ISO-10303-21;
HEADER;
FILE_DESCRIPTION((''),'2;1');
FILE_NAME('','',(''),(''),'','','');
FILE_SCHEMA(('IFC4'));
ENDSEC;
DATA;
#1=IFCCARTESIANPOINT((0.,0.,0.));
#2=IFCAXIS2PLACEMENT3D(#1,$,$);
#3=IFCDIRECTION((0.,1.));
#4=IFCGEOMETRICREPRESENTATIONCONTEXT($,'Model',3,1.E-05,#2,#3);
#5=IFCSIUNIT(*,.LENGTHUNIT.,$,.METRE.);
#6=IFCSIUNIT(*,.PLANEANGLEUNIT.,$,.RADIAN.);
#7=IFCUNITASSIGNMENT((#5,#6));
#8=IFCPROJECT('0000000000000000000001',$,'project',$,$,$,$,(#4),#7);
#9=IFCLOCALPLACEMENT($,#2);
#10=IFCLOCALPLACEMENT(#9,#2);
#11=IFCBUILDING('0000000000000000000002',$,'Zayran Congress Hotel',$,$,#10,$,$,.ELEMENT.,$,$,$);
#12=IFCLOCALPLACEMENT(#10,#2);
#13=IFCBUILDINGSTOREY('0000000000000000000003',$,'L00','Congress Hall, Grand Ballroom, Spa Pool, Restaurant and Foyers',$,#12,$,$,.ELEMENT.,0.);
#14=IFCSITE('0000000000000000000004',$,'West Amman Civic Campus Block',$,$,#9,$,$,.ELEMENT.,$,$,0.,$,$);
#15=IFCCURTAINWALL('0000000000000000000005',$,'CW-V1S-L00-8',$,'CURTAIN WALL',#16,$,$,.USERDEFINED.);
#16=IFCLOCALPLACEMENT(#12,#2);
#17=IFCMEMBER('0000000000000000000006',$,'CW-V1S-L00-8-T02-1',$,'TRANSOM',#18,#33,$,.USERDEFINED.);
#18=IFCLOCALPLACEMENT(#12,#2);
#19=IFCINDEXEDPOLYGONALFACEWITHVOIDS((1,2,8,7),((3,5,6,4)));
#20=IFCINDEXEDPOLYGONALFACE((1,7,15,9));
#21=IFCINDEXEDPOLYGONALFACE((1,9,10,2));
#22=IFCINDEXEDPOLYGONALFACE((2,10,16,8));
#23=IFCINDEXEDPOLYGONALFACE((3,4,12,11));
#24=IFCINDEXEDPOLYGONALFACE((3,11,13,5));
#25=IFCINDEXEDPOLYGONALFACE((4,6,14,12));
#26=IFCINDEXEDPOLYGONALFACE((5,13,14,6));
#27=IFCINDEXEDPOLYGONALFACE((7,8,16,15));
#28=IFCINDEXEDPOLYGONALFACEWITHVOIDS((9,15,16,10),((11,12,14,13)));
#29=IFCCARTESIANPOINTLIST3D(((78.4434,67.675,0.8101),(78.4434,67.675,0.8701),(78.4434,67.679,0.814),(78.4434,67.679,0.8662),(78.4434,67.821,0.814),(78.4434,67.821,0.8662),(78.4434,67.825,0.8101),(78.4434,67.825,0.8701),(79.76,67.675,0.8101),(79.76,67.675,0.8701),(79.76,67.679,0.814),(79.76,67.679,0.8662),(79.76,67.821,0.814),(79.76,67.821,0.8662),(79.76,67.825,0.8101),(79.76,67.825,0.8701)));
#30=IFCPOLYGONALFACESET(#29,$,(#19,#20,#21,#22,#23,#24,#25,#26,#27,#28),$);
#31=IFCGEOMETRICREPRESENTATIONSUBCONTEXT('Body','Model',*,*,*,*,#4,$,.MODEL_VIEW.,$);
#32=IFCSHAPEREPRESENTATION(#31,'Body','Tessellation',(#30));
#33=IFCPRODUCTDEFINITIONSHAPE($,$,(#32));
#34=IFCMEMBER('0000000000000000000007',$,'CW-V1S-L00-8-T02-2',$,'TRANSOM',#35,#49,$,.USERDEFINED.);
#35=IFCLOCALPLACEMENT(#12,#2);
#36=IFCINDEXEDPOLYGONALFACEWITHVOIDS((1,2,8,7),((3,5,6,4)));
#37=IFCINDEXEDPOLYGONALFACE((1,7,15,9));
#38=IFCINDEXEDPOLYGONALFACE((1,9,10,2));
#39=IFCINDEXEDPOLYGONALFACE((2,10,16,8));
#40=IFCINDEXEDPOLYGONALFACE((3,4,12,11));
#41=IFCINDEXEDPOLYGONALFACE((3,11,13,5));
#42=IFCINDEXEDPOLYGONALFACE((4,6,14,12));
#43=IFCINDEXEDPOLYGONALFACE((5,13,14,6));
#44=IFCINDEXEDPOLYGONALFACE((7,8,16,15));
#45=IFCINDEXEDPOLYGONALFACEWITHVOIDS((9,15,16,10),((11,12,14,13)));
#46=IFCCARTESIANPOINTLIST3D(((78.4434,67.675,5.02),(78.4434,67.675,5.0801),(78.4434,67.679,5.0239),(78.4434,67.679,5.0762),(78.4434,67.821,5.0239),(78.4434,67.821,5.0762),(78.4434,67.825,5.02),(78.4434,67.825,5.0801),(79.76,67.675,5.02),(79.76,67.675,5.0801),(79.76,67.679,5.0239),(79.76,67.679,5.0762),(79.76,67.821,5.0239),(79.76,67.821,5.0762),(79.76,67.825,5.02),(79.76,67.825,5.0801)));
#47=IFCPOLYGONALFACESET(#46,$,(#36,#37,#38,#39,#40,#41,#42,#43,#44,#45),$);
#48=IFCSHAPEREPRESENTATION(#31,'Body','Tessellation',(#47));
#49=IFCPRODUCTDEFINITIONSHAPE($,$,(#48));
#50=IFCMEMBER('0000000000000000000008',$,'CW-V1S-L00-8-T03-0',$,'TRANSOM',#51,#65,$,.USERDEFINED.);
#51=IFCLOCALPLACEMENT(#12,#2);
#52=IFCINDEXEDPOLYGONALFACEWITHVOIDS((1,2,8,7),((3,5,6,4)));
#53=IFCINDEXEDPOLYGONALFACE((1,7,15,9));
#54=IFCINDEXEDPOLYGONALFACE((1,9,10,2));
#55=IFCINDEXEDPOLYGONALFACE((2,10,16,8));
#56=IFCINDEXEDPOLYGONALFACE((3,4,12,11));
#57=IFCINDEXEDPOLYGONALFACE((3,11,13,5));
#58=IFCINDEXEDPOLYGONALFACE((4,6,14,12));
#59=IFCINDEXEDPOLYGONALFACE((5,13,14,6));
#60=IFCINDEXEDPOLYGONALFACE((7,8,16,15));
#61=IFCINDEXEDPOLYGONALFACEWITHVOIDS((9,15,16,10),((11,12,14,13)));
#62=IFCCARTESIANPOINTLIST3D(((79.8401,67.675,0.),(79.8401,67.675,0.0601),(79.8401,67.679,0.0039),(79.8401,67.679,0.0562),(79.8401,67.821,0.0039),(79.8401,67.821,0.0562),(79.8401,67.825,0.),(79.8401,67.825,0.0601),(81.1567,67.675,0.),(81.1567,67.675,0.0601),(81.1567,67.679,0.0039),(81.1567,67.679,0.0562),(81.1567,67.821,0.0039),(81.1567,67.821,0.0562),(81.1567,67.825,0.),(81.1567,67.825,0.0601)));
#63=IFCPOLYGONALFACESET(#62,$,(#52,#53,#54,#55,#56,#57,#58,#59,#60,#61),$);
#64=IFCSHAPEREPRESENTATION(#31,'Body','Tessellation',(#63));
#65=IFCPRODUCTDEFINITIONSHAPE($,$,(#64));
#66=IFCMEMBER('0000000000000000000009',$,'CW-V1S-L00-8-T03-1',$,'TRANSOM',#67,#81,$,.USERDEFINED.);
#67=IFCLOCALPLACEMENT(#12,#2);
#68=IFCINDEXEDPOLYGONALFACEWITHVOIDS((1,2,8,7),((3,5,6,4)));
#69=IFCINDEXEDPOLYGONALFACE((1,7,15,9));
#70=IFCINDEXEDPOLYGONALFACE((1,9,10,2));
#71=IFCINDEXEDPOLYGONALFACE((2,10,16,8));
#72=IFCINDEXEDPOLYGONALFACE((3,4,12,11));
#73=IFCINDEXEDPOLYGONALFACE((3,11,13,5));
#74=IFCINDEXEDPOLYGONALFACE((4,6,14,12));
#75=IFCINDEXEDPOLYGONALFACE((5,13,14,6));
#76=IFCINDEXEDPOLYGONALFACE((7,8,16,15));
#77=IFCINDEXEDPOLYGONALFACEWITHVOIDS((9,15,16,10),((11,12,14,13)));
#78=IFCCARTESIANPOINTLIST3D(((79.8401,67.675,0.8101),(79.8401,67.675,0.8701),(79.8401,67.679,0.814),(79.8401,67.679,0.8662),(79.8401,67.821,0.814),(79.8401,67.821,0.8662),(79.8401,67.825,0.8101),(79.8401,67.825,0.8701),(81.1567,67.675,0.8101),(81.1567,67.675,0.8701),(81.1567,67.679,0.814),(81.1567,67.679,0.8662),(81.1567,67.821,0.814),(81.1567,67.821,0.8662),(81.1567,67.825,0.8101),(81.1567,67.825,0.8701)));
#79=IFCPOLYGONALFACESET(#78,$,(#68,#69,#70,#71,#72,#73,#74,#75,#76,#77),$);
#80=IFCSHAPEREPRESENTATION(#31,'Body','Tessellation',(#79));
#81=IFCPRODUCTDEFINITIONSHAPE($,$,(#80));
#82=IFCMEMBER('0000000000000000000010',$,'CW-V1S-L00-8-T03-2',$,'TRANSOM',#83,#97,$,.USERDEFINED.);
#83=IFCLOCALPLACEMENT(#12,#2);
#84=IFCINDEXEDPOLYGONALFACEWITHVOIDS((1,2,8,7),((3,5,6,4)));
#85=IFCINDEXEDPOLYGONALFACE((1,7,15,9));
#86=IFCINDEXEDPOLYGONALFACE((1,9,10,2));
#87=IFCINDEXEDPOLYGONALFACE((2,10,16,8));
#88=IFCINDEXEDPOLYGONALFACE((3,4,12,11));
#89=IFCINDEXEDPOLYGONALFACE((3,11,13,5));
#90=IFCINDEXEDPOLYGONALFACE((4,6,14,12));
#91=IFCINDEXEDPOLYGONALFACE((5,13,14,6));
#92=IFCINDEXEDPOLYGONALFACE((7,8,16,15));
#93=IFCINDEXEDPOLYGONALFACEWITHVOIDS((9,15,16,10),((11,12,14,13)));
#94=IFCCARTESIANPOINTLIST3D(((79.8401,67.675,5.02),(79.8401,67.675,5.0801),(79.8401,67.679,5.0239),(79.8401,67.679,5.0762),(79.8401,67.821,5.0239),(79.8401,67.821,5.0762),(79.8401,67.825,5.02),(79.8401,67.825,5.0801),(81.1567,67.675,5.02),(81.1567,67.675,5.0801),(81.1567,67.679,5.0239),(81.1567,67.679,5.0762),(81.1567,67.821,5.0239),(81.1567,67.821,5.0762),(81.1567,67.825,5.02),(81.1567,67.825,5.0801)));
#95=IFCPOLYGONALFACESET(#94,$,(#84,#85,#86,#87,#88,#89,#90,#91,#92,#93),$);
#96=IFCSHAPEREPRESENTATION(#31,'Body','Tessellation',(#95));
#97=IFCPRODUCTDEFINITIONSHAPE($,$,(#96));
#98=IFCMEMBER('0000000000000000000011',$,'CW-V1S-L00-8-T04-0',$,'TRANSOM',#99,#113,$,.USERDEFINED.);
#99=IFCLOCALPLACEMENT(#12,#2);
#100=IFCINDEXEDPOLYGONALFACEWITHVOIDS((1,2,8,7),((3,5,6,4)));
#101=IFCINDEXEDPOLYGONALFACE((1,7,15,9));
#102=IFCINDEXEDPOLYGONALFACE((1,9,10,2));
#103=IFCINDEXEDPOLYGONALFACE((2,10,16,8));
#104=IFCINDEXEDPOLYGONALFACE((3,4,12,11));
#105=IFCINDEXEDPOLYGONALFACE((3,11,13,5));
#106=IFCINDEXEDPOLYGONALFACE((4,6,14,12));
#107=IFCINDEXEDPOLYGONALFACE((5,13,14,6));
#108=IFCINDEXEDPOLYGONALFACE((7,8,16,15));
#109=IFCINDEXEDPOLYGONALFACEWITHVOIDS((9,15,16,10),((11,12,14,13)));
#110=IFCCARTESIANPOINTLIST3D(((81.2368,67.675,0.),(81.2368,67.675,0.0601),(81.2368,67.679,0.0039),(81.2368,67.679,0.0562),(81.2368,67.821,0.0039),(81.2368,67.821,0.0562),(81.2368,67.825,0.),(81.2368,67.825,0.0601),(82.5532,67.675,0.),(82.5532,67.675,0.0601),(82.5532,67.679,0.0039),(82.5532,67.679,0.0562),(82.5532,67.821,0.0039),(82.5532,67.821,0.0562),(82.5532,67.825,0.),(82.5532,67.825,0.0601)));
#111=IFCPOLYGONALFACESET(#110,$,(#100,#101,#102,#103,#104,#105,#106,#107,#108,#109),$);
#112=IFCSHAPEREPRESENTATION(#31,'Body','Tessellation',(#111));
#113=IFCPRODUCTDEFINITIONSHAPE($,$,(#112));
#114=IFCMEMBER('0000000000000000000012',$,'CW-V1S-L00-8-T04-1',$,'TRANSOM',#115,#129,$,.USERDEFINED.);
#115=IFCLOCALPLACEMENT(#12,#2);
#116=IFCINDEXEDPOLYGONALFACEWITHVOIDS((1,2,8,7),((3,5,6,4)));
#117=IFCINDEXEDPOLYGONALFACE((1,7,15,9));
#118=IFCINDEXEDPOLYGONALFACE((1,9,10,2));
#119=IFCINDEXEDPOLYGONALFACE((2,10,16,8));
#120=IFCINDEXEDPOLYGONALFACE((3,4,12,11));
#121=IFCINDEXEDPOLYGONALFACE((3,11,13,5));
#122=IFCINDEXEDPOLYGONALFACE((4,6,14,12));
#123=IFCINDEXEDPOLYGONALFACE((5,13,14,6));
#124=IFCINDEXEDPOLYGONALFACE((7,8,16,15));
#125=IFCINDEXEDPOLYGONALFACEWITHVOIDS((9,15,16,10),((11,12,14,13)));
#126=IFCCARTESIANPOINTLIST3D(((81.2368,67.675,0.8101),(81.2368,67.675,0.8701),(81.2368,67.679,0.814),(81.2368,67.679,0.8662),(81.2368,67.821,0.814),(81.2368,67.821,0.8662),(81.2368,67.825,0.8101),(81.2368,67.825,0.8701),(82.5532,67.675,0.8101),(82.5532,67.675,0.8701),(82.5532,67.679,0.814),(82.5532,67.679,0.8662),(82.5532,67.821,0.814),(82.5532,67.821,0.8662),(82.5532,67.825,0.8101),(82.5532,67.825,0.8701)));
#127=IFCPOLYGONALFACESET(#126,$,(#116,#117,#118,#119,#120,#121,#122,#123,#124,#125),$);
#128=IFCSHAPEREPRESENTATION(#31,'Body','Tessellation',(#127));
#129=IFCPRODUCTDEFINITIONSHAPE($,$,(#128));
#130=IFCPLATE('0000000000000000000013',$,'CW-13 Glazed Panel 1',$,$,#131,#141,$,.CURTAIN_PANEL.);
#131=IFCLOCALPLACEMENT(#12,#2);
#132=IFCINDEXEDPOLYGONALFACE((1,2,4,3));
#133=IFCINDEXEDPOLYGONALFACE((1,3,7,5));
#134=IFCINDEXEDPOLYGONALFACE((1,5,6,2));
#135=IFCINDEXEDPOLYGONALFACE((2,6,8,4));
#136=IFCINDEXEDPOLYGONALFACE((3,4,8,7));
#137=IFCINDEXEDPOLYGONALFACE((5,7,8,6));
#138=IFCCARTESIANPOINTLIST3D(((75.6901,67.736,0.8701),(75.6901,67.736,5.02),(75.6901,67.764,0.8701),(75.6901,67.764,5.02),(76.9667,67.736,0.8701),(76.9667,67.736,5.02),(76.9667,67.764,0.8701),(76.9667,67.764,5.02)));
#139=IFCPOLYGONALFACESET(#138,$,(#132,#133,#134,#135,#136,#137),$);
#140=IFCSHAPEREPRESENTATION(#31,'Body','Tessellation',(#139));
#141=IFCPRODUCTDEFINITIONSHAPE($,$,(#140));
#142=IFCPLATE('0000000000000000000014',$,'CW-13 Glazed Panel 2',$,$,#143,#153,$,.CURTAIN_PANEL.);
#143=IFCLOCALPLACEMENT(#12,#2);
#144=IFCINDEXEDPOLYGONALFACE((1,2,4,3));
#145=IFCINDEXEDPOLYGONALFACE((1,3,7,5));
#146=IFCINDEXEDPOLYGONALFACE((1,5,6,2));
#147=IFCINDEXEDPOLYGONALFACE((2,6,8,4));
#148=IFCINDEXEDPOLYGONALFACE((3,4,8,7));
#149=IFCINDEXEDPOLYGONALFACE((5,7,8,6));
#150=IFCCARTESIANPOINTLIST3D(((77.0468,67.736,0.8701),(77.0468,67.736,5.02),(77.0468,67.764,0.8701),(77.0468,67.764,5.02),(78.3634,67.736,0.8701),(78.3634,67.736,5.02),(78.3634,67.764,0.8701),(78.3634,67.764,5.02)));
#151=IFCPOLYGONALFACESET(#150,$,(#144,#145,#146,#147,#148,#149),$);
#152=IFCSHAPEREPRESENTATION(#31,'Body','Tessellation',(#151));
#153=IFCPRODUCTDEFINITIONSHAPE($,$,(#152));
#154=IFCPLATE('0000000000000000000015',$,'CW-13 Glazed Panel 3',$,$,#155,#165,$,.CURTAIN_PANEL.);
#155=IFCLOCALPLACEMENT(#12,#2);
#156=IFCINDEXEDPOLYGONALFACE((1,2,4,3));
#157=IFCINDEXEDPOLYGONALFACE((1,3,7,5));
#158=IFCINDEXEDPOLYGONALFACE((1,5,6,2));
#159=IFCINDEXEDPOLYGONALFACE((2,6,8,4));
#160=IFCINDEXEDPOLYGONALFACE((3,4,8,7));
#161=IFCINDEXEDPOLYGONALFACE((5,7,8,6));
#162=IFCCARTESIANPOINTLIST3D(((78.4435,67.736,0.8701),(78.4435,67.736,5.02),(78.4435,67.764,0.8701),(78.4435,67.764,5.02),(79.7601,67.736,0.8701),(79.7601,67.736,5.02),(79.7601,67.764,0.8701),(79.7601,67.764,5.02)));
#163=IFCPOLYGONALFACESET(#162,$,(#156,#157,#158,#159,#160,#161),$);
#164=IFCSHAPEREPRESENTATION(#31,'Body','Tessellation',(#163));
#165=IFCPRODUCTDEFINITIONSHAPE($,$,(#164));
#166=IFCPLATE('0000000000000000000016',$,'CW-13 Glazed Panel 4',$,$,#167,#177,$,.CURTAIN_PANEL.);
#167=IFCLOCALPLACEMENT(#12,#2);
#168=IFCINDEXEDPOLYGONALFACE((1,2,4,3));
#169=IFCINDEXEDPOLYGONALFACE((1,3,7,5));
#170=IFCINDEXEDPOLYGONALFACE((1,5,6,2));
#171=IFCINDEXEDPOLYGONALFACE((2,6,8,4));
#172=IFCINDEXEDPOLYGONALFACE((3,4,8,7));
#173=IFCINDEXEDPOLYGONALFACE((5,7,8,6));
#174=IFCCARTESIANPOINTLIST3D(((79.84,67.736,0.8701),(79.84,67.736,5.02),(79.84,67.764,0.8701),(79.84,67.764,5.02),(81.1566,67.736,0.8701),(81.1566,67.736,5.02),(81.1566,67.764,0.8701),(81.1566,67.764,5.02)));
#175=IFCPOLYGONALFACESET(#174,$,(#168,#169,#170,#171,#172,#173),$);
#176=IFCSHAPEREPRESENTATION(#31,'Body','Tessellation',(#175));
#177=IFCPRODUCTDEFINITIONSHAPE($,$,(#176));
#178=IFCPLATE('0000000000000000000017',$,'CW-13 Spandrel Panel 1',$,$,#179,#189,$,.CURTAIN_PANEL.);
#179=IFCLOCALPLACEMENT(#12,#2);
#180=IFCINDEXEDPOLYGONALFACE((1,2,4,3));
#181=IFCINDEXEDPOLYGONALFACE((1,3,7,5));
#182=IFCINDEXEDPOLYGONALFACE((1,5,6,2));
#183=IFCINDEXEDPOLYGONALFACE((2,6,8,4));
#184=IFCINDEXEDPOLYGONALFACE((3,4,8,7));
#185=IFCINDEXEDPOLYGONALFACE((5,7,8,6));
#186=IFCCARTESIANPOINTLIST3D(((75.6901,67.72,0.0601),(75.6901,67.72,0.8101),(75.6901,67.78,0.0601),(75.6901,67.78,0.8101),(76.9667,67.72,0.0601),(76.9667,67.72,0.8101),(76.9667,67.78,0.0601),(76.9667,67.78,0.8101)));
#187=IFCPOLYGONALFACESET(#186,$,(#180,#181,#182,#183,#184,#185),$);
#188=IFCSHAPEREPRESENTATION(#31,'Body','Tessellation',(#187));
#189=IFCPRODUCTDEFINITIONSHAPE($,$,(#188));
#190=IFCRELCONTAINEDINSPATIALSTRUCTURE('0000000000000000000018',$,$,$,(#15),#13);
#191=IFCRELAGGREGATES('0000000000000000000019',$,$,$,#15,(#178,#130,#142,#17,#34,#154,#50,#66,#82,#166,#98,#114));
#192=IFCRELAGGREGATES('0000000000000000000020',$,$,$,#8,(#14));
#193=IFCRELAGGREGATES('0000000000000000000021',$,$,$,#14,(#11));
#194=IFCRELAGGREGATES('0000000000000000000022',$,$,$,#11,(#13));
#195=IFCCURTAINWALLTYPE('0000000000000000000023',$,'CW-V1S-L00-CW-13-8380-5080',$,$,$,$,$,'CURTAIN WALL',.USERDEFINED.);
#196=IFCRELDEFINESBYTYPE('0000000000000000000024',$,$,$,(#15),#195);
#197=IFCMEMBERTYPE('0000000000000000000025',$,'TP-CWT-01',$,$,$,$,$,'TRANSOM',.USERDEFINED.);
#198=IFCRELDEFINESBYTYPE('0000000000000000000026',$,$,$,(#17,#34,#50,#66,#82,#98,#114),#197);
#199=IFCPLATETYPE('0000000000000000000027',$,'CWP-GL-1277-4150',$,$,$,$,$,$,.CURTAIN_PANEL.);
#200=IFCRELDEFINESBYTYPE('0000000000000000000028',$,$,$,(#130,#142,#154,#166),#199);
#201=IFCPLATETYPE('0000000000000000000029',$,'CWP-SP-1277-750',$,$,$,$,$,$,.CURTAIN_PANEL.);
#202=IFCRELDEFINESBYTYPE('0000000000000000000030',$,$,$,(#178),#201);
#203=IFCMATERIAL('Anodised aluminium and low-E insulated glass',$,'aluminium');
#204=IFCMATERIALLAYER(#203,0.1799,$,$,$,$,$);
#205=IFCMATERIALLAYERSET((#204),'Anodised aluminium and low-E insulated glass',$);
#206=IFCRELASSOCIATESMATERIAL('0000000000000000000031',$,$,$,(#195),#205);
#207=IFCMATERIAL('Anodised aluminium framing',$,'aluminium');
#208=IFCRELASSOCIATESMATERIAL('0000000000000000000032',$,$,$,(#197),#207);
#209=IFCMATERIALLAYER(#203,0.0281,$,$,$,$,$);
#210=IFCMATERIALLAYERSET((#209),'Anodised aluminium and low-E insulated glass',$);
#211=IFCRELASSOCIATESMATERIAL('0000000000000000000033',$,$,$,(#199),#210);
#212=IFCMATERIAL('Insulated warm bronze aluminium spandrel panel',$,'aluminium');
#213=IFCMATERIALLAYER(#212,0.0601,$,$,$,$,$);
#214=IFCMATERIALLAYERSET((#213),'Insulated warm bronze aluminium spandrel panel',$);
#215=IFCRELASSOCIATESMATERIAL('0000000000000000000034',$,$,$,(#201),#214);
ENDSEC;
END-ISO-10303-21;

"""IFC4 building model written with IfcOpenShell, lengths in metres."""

from ifc_helpers import new_model, si_unit, direction, frame, origin, origin_2d, place, context, subcontext, project, spatial, rectangle, hollow_rectangle, extrude, material, layer, layer_set, material_profile, profile_set, type_object, element, aggregate, save


model = new_model("IFC4")

# Units and contexts
model_context = context("Model", 3, precision=1e-05, world=origin(), true_north=direction((0.0, 1.0)))
body_context = subcontext(model_context, "Body", "Model", "MODEL_VIEW")
ifc_project = project(units=[si_unit("LENGTHUNIT", "METRE"), si_unit("PLANEANGLEUNIT", "RADIAN")], contexts=[model_context])

# Site, building, storey
site_placement = place(None, origin())
site = spatial("IfcSite", under=ifc_project, at=site_placement, Name="West Amman Civic Campus Block", CompositionType="ELEMENT", RefElevation=0.0)
building_placement = place(site_placement, origin())
building = spatial("IfcBuilding", under=site, at=building_placement, Name="Zayran Congress Hotel", CompositionType="ELEMENT")
storey_placement = place(building_placement, origin())
storey = spatial("IfcBuildingStorey", under=building, at=storey_placement, Name="L00", Description="Congress Hall, Grand Ballroom, Spa Pool, Restaurant and Foyers", CompositionType="ELEMENT", Elevation=0.0)

# Curtain wall
ifc_material_1 = material(Name="Anodised aluminium and low-E insulated glass", Category="aluminium")
ifc_layer_1 = layer(ifc_material_1, 0.1799)
ifc_layer_set_1 = layer_set([ifc_layer_1], Name="Anodised aluminium and low-E insulated glass")
curtain_wall_type_1 = type_object("IfcCurtainWallType", Name="CW-V1S-L00-CW-13-8380-5080", ElementType="CURTAIN WALL", PredefinedType="USERDEFINED", material=ifc_layer_set_1)
curtain_wall_1_placement = place(storey_placement, origin())
curtain_wall_1 = element("IfcCurtainWall", 1, at=curtain_wall_1_placement, inside=storey, type_object=curtain_wall_type_1, Name="CW-V1S-L00-8", ObjectType="CURTAIN WALL", PredefinedType="USERDEFINED")
ifc_material_2 = material(Name="Anodised aluminium framing", Category="aluminium")

# Members
ifc_material_profile_1 = material_profile(ifc_material_2, hollow_rectangle(XDim=0.0601, YDim=0.1499, WallThickness=0.0039, at=origin_2d()), Name="RHS 150x60x4")
ifc_profile_set_1 = profile_set([ifc_material_profile_1], Name="Anodised aluminium framing")
member_type_1 = type_object("IfcMemberType", Name="TP-CWT-01", ElementType="TRANSOM", PredefinedType="USERDEFINED", material=ifc_profile_set_1)
member_1_placement = place(storey_placement, frame((78.4434, 67.75, 0.8401), z_axis=(1.0, 0.0, 0.0), x_axis=(0.0, 0.0, 1.0)))
member_1 = element("IfcMember", 2, at=member_1_placement, type_object=member_type_1, Name="CW-V1S-L00-8-T02-1", ObjectType="TRANSOM", PredefinedType="USERDEFINED", context=body_context, shape_type="SweptSolid", body=[
    extrude(hollow_rectangle(XDim=0.0601, YDim=0.1499, WallThickness=0.0039, at=origin_2d()), origin(), (0.0, 0.0, 1.0), 1.3167),
])
member_2_placement = place(storey_placement, frame((78.4434, 67.75, 5.05), z_axis=(1.0, 0.0, 0.0), x_axis=(0.0, 0.0, 1.0)))
member_2 = element("IfcMember", 3, at=member_2_placement, type_object=member_type_1, Name="CW-V1S-L00-8-T02-2", ObjectType="TRANSOM", PredefinedType="USERDEFINED", context=body_context, shape_type="SweptSolid", body=[
    extrude(hollow_rectangle(XDim=0.0601, YDim=0.1499, WallThickness=0.0039, at=origin_2d()), origin(), (0.0, 0.0, 1.0), 1.3167),
])
member_3_placement = place(storey_placement, frame((79.8401, 67.75, 0.03), z_axis=(1.0, 0.0, 0.0), x_axis=(0.0, 0.0, 1.0)))
member_3 = element("IfcMember", 4, at=member_3_placement, type_object=member_type_1, Name="CW-V1S-L00-8-T03-0", ObjectType="TRANSOM", PredefinedType="USERDEFINED", context=body_context, shape_type="SweptSolid", body=[
    extrude(hollow_rectangle(XDim=0.0601, YDim=0.1499, WallThickness=0.0039, at=origin_2d()), origin(), (0.0, 0.0, 1.0), 1.3167),
])
member_4_placement = place(storey_placement, frame((79.8401, 67.75, 0.8401), z_axis=(1.0, 0.0, 0.0), x_axis=(0.0, 0.0, 1.0)))
member_4 = element("IfcMember", 5, at=member_4_placement, type_object=member_type_1, Name="CW-V1S-L00-8-T03-1", ObjectType="TRANSOM", PredefinedType="USERDEFINED", context=body_context, shape_type="SweptSolid", body=[
    extrude(hollow_rectangle(XDim=0.0601, YDim=0.1499, WallThickness=0.0039, at=origin_2d()), origin(), (0.0, 0.0, 1.0), 1.3167),
])
member_5_placement = place(storey_placement, frame((79.8401, 67.75, 5.05), z_axis=(1.0, 0.0, 0.0), x_axis=(0.0, 0.0, 1.0)))
member_5 = element("IfcMember", 6, at=member_5_placement, type_object=member_type_1, Name="CW-V1S-L00-8-T03-2", ObjectType="TRANSOM", PredefinedType="USERDEFINED", context=body_context, shape_type="SweptSolid", body=[
    extrude(hollow_rectangle(XDim=0.0601, YDim=0.1499, WallThickness=0.0039, at=origin_2d()), origin(), (0.0, 0.0, 1.0), 1.3167),
])
member_6_placement = place(storey_placement, frame((81.2368, 67.75, 0.03), z_axis=(1.0, 0.0, 0.0), x_axis=(0.0, 0.0, 1.0)))
member_6 = element("IfcMember", 7, at=member_6_placement, type_object=member_type_1, Name="CW-V1S-L00-8-T04-0", ObjectType="TRANSOM", PredefinedType="USERDEFINED", context=body_context, shape_type="SweptSolid", body=[
    extrude(hollow_rectangle(XDim=0.0601, YDim=0.1499, WallThickness=0.0039, at=origin_2d()), origin(), (0.0, 0.0, 1.0), 1.3164),
])
member_7_placement = place(storey_placement, frame((81.2368, 67.75, 0.8401), z_axis=(1.0, 0.0, 0.0), x_axis=(0.0, 0.0, 1.0)))
member_7 = element("IfcMember", 8, at=member_7_placement, type_object=member_type_1, Name="CW-V1S-L00-8-T04-1", ObjectType="TRANSOM", PredefinedType="USERDEFINED", context=body_context, shape_type="SweptSolid", body=[
    extrude(hollow_rectangle(XDim=0.0601, YDim=0.1499, WallThickness=0.0039, at=origin_2d()), origin(), (0.0, 0.0, 1.0), 1.3164),
])

# Plates
ifc_layer_2 = layer(ifc_material_1, 0.0281)
ifc_layer_set_2 = layer_set([ifc_layer_2], Name="Anodised aluminium and low-E insulated glass")
plate_type_1 = type_object("IfcPlateType", Name="CWP-GL-1277-4150", PredefinedType="CURTAIN_PANEL", material=ifc_layer_set_2)
plate_1_placement = place(storey_placement, frame((76.3284, 67.75, 0.8701), z_axis=(0.0, 0.0, 1.0), x_axis=(1.0, 0.0, 0.0)))
plate_1 = element("IfcPlate", 9, at=plate_1_placement, type_object=plate_type_1, Name="CW-13 Glazed Panel 1", PredefinedType="CURTAIN_PANEL", context=body_context, shape_type="SweptSolid", body=[
    extrude(rectangle(XDim=1.2766, YDim=0.0281, at=origin_2d()), origin(), (0.0, 0.0, 1.0), 4.1499),
])
plate_2_placement = place(storey_placement, frame((77.7051, 67.75, 0.8701), z_axis=(0.0, 0.0, 1.0), x_axis=(1.0, 0.0, 0.0)))
plate_2 = element("IfcPlate", 10, at=plate_2_placement, type_object=plate_type_1, Name="CW-13 Glazed Panel 2", PredefinedType="CURTAIN_PANEL", context=body_context, shape_type="SweptSolid", body=[
    extrude(rectangle(XDim=1.3167, YDim=0.0281, at=origin_2d()), origin(), (0.0, 0.0, 1.0), 4.1499),
])
plate_3_placement = place(storey_placement, frame((79.1018, 67.75, 0.8701), z_axis=(0.0, 0.0, 1.0), x_axis=(1.0, 0.0, 0.0)))
plate_3 = element("IfcPlate", 11, at=plate_3_placement, type_object=plate_type_1, Name="CW-13 Glazed Panel 3", PredefinedType="CURTAIN_PANEL", context=body_context, shape_type="SweptSolid", body=[
    extrude(rectangle(XDim=1.3167, YDim=0.0281, at=origin_2d()), origin(), (0.0, 0.0, 1.0), 4.1499),
])
plate_4_placement = place(storey_placement, frame((80.4983, 67.75, 0.8701), z_axis=(0.0, 0.0, 1.0), x_axis=(1.0, 0.0, 0.0)))
plate_4 = element("IfcPlate", 12, at=plate_4_placement, type_object=plate_type_1, Name="CW-13 Glazed Panel 4", PredefinedType="CURTAIN_PANEL", context=body_context, shape_type="SweptSolid", body=[
    extrude(rectangle(XDim=1.3167, YDim=0.0281, at=origin_2d()), origin(), (0.0, 0.0, 1.0), 4.1499),
])
ifc_material_3 = material(Name="Insulated warm bronze aluminium spandrel panel", Category="aluminium")
ifc_layer_3 = layer(ifc_material_3, 0.0601)
ifc_layer_set_3 = layer_set([ifc_layer_3], Name="Insulated warm bronze aluminium spandrel panel")
plate_type_2 = type_object("IfcPlateType", Name="CWP-SP-1277-750", PredefinedType="CURTAIN_PANEL", material=ifc_layer_set_3)
plate_5_placement = place(storey_placement, frame((76.3284, 67.75, 0.0601), z_axis=(0.0, 0.0, 1.0), x_axis=(1.0, 0.0, 0.0)))
plate_5 = element("IfcPlate", 13, at=plate_5_placement, type_object=plate_type_2, Name="CW-13 Spandrel Panel 1", PredefinedType="CURTAIN_PANEL", context=body_context, shape_type="SweptSolid", body=[
    extrude(rectangle(XDim=1.2766, YDim=0.0601, at=origin_2d()), origin(), (0.0, 0.0, 1.0), 0.75),
])
aggregate(curtain_wall_1, [plate_5, plate_1, plate_2, member_1, member_2, plate_3, member_3, member_4, member_5, plate_4, member_6, member_7])

save(model, "model.ifc")
